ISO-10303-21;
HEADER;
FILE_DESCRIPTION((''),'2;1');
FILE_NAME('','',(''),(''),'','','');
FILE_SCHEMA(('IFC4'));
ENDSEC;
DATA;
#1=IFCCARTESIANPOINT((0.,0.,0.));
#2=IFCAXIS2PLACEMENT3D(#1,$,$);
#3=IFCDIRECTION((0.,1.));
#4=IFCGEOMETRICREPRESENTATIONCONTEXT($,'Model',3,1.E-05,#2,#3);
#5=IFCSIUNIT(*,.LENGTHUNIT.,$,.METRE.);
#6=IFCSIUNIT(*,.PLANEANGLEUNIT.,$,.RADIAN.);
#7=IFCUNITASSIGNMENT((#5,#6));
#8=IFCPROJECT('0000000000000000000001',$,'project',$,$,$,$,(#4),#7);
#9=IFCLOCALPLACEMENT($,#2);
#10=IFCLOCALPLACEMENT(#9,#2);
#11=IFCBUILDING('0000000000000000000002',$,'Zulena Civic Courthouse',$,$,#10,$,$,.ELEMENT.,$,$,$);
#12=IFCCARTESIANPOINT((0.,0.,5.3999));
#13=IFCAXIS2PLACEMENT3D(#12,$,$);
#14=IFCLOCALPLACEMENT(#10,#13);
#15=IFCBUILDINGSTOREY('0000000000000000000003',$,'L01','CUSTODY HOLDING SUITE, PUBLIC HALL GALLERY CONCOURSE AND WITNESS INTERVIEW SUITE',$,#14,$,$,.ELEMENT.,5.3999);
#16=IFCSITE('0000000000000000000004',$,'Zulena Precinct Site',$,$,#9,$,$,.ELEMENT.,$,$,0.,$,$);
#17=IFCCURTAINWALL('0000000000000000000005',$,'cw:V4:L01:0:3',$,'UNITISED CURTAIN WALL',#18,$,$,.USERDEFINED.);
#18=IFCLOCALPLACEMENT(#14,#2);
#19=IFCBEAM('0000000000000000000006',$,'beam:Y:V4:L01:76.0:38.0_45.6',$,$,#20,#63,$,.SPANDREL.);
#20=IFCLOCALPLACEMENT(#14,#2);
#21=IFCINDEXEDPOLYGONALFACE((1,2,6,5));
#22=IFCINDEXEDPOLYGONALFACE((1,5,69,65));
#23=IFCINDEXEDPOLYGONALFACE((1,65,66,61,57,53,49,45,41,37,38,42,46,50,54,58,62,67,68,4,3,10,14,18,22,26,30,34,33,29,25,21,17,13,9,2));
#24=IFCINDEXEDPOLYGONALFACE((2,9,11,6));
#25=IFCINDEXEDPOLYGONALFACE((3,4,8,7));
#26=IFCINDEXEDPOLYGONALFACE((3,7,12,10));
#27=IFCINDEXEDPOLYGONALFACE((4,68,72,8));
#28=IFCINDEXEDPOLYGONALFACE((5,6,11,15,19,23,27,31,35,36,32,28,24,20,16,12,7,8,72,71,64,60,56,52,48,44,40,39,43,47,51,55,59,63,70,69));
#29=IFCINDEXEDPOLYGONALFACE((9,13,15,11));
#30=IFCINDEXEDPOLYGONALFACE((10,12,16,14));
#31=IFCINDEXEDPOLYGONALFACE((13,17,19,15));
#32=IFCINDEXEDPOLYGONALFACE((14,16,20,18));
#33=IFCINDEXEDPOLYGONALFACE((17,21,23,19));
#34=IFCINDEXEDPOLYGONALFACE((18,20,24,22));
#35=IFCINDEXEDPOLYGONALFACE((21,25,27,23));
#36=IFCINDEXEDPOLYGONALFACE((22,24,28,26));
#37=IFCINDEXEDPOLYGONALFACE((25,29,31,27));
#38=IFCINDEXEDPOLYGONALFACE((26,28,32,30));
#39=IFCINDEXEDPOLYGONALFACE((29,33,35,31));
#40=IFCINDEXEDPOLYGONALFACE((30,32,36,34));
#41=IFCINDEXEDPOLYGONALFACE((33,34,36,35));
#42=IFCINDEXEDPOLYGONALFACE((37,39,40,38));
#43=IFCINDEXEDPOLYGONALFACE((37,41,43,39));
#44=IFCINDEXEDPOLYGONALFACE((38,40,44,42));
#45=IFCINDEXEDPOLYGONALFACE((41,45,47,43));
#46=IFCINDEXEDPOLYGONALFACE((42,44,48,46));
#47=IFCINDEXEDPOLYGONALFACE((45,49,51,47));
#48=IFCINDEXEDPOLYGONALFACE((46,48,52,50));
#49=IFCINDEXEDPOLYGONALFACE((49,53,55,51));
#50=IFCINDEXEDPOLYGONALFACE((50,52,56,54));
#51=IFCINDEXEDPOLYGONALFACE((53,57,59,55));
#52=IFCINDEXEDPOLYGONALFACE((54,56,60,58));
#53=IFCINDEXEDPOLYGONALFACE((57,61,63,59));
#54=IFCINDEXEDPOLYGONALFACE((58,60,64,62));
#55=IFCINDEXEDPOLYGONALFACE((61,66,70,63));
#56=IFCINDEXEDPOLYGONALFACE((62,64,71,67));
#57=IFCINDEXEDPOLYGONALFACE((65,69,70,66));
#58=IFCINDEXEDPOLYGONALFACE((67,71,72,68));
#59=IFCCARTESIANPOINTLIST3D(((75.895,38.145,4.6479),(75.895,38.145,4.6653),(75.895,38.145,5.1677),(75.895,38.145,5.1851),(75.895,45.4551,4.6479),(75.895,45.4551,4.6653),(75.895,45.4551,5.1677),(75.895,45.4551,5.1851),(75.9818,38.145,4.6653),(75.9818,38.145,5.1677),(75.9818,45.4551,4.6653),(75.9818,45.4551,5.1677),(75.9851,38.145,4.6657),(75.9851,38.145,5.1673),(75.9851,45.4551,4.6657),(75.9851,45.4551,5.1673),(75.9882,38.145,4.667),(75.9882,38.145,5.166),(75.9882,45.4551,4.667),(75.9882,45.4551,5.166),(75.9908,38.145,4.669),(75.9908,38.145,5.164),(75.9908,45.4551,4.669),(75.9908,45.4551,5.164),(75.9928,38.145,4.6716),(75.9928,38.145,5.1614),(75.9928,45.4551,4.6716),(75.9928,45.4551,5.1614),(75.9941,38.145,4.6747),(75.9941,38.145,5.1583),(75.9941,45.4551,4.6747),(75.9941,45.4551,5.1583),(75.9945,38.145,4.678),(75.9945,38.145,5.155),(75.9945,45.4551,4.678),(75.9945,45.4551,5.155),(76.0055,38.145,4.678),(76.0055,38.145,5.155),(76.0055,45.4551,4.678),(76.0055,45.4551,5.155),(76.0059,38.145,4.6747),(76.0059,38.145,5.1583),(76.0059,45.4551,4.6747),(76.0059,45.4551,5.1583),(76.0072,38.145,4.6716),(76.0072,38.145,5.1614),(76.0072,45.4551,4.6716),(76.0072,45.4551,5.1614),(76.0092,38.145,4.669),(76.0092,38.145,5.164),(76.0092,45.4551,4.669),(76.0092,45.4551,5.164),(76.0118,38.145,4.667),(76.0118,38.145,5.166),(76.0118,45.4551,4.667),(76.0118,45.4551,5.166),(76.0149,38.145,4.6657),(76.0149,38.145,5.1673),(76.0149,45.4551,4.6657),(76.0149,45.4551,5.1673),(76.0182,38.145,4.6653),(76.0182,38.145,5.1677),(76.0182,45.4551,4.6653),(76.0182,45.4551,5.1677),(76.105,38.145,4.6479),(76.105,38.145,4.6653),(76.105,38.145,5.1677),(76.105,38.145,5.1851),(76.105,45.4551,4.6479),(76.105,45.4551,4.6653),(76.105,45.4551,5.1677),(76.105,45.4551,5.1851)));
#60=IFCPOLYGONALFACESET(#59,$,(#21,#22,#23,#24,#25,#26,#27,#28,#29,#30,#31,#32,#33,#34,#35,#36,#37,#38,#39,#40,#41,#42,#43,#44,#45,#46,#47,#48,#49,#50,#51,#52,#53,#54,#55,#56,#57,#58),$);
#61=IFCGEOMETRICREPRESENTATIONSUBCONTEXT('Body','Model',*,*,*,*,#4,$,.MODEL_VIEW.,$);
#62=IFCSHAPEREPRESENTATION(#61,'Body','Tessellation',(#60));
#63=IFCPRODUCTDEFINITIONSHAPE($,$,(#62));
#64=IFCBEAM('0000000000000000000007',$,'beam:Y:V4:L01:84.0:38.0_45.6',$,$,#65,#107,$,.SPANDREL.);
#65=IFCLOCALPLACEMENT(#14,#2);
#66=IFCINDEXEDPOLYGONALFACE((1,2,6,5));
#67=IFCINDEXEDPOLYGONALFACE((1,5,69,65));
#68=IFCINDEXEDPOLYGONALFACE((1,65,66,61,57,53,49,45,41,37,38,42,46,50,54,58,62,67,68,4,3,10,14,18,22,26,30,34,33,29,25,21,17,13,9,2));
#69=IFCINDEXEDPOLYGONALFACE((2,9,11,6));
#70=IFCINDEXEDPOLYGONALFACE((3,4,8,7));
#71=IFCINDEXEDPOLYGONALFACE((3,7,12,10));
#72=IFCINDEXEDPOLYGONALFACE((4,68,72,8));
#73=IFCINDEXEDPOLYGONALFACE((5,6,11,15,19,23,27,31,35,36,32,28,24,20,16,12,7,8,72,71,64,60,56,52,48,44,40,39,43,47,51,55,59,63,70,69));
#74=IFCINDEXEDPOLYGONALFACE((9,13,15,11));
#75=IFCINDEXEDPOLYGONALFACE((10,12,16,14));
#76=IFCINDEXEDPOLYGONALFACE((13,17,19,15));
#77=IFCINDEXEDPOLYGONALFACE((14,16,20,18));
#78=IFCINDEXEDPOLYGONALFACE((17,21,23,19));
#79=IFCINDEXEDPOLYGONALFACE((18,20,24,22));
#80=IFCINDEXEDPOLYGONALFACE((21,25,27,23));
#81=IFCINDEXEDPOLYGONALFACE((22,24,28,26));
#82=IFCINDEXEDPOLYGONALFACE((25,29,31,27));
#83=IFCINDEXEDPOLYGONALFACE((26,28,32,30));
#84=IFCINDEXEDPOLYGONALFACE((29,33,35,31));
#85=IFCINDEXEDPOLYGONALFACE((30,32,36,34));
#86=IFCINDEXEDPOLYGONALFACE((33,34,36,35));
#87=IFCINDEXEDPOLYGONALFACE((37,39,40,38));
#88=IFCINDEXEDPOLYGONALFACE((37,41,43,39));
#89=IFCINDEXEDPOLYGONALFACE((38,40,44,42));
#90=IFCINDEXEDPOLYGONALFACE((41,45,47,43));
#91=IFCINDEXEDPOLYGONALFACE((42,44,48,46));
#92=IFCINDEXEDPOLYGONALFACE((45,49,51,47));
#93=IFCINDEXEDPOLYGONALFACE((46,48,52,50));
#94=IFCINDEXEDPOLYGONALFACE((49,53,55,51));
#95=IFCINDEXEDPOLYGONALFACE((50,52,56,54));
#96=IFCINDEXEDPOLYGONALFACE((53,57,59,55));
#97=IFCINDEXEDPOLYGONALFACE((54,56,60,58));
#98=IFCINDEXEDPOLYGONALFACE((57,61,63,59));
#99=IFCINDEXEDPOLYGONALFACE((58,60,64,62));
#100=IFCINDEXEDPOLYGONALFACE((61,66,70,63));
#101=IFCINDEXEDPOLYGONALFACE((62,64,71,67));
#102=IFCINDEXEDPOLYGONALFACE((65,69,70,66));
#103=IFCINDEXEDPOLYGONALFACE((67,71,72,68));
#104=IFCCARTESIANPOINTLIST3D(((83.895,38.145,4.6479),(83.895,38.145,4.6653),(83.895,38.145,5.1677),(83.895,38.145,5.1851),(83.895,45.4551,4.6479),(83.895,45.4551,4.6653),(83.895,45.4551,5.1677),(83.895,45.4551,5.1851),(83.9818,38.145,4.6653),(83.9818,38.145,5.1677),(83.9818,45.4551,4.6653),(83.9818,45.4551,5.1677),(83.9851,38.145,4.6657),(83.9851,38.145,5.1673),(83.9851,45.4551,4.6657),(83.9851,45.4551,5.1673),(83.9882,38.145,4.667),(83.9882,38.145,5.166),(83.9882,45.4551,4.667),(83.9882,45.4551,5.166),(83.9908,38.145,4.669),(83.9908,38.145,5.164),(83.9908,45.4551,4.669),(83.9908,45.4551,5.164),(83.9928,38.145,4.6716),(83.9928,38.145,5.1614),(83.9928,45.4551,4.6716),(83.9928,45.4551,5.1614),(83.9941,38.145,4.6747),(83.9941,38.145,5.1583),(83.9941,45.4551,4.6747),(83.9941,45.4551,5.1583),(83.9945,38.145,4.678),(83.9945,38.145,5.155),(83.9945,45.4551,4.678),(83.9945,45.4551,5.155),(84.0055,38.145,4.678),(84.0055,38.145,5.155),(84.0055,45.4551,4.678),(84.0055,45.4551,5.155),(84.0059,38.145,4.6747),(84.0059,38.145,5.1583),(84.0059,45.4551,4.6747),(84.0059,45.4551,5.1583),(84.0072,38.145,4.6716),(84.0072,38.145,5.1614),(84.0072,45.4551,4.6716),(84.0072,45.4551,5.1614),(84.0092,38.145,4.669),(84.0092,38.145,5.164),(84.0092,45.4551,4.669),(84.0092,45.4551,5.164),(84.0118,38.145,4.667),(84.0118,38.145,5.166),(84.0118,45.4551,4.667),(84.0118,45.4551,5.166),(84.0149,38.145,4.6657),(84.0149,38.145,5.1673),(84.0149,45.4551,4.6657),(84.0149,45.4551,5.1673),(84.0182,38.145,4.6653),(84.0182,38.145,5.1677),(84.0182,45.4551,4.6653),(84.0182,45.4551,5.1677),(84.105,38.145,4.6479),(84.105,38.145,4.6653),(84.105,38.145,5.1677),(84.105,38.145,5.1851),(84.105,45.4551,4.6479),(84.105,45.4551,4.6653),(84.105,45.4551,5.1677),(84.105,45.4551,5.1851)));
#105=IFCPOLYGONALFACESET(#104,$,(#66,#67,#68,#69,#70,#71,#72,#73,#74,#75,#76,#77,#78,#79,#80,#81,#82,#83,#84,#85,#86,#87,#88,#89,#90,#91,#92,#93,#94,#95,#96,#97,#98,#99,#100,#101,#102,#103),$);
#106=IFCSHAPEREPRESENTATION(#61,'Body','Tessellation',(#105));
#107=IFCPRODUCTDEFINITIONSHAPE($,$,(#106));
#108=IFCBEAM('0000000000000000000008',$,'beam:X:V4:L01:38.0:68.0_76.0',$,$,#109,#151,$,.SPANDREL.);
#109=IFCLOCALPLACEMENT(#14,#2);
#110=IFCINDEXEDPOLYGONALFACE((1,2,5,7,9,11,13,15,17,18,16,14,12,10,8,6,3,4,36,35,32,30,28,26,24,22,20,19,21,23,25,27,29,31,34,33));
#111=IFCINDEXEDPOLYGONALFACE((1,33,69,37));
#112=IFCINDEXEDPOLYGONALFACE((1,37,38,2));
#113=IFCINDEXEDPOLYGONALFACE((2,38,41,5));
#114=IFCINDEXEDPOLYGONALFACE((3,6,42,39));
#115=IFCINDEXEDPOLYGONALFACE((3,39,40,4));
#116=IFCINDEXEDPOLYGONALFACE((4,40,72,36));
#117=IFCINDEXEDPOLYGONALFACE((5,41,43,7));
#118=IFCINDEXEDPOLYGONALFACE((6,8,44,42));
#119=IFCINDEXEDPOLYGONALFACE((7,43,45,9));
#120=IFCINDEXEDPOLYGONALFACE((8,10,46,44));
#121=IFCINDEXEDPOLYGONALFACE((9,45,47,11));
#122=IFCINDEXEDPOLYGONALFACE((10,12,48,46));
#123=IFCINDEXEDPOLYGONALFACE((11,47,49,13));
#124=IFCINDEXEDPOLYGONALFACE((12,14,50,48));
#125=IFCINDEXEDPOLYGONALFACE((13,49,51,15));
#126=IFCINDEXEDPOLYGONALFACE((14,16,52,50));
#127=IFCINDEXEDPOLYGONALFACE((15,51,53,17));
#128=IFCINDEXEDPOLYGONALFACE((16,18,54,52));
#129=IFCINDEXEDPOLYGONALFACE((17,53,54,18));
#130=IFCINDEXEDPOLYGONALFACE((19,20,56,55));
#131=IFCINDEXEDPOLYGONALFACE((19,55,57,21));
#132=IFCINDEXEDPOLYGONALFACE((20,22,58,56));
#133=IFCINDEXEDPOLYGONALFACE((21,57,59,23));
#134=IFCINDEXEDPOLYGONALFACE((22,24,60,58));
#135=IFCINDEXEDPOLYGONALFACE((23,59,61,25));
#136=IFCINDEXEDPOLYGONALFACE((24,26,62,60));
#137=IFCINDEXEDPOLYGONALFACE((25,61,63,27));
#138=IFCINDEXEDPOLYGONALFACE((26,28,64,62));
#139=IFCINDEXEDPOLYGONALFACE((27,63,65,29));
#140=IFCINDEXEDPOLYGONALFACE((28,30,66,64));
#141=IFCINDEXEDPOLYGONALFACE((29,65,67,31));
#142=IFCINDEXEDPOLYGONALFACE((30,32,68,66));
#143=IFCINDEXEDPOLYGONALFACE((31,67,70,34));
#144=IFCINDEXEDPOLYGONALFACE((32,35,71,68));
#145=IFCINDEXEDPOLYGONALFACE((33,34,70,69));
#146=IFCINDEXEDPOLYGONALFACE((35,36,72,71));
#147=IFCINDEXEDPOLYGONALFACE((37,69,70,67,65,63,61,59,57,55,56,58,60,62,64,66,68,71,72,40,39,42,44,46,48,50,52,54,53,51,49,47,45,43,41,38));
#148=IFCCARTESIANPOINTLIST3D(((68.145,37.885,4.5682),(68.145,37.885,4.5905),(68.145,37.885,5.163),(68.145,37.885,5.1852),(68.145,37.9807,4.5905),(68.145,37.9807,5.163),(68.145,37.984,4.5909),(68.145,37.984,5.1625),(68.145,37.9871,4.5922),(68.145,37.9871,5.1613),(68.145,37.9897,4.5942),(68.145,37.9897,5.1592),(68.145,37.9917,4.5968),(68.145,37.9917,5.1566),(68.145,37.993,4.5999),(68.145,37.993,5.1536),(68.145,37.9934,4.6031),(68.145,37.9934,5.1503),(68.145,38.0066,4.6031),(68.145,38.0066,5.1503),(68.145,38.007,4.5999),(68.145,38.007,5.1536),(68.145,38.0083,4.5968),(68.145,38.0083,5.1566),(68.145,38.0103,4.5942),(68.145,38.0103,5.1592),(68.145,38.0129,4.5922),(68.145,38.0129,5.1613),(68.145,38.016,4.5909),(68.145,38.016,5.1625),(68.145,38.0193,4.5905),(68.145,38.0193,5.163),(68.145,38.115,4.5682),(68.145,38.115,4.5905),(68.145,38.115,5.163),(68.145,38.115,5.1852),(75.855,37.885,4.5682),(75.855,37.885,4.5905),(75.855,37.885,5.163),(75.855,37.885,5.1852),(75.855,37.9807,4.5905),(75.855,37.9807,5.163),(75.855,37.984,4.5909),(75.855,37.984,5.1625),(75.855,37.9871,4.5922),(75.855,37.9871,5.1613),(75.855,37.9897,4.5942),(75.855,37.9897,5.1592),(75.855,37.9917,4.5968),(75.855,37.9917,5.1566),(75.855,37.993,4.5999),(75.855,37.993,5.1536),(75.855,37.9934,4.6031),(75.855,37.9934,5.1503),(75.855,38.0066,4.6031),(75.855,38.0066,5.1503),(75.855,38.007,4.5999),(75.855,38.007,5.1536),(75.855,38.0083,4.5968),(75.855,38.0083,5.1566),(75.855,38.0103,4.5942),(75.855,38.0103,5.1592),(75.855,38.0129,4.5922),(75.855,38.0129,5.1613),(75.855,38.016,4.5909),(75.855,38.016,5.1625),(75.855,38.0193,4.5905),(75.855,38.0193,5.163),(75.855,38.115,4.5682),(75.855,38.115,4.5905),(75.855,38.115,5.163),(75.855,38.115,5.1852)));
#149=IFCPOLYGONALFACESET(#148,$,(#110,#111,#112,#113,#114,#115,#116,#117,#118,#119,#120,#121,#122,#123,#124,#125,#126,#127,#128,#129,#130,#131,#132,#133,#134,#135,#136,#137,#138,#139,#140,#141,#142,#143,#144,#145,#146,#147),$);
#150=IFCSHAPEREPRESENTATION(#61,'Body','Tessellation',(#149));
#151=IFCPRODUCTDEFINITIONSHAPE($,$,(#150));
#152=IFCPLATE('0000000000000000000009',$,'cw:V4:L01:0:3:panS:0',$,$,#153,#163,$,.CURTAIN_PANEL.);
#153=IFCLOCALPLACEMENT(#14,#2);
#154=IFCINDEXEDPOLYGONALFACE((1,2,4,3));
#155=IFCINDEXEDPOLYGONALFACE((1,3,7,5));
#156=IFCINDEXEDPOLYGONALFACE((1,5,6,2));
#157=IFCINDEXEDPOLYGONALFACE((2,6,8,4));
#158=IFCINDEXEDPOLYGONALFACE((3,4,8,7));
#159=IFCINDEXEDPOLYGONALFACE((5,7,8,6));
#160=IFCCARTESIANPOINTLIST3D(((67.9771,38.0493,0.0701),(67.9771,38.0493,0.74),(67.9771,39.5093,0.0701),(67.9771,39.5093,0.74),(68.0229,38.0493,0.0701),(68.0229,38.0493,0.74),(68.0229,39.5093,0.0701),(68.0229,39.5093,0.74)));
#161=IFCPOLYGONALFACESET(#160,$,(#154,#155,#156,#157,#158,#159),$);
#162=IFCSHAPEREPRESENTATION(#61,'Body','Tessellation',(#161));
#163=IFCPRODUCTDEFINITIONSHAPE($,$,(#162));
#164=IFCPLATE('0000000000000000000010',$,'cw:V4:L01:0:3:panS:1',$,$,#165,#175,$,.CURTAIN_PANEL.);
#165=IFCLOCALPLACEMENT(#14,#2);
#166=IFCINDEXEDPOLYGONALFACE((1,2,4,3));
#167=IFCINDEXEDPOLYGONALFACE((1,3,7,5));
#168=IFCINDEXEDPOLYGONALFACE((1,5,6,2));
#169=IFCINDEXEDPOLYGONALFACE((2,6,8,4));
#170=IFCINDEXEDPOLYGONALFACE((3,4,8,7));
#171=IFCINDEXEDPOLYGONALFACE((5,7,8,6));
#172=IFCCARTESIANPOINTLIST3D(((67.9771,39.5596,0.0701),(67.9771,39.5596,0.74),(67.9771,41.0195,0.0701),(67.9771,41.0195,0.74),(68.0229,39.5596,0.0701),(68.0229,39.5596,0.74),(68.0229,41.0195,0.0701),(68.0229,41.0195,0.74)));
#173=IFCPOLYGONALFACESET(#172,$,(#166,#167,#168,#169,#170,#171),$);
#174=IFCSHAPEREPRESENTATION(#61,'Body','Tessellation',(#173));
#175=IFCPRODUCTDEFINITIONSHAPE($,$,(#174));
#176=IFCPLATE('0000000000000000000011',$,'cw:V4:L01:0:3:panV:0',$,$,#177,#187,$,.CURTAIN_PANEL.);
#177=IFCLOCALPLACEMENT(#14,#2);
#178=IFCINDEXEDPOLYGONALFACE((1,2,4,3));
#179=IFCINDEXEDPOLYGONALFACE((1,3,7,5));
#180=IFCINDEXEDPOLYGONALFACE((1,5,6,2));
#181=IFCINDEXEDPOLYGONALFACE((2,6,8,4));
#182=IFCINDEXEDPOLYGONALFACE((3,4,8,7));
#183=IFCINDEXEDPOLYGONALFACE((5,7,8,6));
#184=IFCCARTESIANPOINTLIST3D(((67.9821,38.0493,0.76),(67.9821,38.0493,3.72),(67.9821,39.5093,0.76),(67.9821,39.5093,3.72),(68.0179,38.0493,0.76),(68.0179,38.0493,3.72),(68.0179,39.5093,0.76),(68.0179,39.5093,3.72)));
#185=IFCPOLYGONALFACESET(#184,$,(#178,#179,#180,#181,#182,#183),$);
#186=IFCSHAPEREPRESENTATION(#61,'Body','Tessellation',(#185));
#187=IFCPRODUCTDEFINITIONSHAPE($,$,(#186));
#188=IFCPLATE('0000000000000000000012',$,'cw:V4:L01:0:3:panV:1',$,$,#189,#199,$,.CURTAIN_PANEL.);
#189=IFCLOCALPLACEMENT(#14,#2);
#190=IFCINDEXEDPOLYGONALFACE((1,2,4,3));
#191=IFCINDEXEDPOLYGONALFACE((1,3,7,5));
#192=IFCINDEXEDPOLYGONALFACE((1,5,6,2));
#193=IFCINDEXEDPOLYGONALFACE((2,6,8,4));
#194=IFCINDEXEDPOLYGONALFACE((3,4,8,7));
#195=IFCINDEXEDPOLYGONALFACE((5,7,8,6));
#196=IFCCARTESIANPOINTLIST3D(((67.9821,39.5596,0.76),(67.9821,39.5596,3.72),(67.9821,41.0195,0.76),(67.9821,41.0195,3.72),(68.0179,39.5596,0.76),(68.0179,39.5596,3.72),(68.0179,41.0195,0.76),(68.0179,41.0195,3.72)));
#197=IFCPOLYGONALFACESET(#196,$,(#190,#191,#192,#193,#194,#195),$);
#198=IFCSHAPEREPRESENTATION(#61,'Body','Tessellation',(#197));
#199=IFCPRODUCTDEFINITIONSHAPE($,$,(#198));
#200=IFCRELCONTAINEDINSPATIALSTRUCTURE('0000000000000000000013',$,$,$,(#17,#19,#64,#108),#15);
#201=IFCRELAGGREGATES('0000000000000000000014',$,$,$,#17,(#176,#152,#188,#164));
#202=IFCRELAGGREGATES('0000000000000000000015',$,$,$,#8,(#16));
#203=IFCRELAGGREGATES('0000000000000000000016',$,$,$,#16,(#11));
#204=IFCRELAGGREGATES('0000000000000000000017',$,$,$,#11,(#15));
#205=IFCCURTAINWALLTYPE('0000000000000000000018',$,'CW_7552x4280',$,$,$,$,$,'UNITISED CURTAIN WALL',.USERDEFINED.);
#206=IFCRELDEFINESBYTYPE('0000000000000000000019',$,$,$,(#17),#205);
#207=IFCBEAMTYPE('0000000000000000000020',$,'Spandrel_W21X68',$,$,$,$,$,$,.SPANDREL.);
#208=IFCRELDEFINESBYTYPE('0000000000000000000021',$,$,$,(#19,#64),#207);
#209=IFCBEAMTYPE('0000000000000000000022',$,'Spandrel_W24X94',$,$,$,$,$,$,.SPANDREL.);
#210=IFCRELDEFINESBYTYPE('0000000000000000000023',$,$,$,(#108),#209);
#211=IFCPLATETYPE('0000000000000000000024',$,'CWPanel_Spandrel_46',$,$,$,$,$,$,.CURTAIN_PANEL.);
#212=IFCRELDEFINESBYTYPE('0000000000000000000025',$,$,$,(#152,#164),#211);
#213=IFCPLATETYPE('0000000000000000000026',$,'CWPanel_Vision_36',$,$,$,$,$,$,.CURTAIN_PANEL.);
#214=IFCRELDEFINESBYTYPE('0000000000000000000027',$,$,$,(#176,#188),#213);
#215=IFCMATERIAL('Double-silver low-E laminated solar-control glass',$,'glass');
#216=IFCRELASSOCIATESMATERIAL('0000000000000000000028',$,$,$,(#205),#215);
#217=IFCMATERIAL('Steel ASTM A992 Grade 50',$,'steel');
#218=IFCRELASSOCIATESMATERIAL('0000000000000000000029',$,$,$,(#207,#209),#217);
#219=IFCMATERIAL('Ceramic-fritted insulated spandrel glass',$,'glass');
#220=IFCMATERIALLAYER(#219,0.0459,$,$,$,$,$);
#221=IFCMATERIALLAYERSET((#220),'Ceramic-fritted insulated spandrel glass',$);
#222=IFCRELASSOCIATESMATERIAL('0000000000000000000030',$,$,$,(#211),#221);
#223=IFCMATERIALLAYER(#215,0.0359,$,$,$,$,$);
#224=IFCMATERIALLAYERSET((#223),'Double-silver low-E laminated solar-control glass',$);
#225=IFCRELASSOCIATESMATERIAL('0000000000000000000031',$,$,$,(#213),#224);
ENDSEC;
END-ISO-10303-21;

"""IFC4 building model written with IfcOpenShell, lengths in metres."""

from ifc_helpers import new_model, si_unit, direction, frame, origin, origin_2d, place, context, subcontext, project, spatial, rectangle, i_section, extrude, material, layer, layer_set, material_profile, profile_set, type_object, element, aggregate, save


model = new_model("IFC4")

# Units and contexts
model_context = context("Model", 3, precision=1e-05, world=origin(), true_north=direction((0.0, 1.0)))
body_context = subcontext(model_context, "Body", "Model", "MODEL_VIEW")
ifc_project = project(units=[si_unit("LENGTHUNIT", "METRE"), si_unit("PLANEANGLEUNIT", "RADIAN")], contexts=[model_context])

# Site, building, storey
site_placement = place(None, origin())
site = spatial("IfcSite", under=ifc_project, at=site_placement, Name="Zulena Precinct Site", CompositionType="ELEMENT", RefElevation=0.0)
building_placement = place(site_placement, origin())
building = spatial("IfcBuilding", under=site, at=building_placement, Name="Zulena Civic Courthouse", CompositionType="ELEMENT")
storey_placement = place(building_placement, frame((0.0, 0.0, 5.3999)))
storey = spatial("IfcBuildingStorey", under=building, at=storey_placement, Name="L01", Description="CUSTODY HOLDING SUITE, PUBLIC HALL GALLERY CONCOURSE AND WITNESS INTERVIEW SUITE", CompositionType="ELEMENT", Elevation=5.3999)

# Shared definitions
ifc_material_1 = material(Name="Steel ASTM A992 Grade 50", Category="steel")

# Curtain wall
ifc_material_2 = material(Name="Double-silver low-E laminated solar-control glass", Category="glass")
curtain_wall_type = type_object("IfcCurtainWallType", Name="CW_7552x4280", ElementType="UNITISED CURTAIN WALL", PredefinedType="USERDEFINED", material=ifc_material_2)
curtain_wall_placement = place(storey_placement, origin())
curtain_wall = element("IfcCurtainWall", 1, at=curtain_wall_placement, inside=storey, type_object=curtain_wall_type, Name="cw:V4:L01:0:3", ObjectType="UNITISED CURTAIN WALL", PredefinedType="USERDEFINED")

# Beams
ifc_material_profile_1 = material_profile(ifc_material_1, i_section(OverallWidth=0.21, OverallDepth=0.5371, WebThickness=0.011, FlangeThickness=0.0173, FilletRadius=0.0127, at=origin_2d()), Name="W21X68")
ifc_profile_set_1 = profile_set([ifc_material_profile_1], Name="Steel ASTM A992 Grade 50")
beam_type_1 = type_object("IfcBeamType", Name="Spandrel_W21X68", PredefinedType="SPANDREL", material=ifc_profile_set_1)
for number, where, z_axis, x_axis, name in (
    (2, (76.0, 38.145, 4.9165), (0.0, 1.0, 0.0), (-1.0, 0.0, 0.0), "beam:Y:V4:L01:76.0:38.0_45.6"),
    (3, (84.0, 38.145, 4.9165), (0.0, 1.0, 0.0), (-1.0, 0.0, 0.0), "beam:Y:V4:L01:84.0:38.0_45.6"),
):
    element("IfcBeam", number, at=place(storey_placement, frame(where, z_axis=z_axis, x_axis=x_axis)), inside=storey, type_object=beam_type_1, Name=name, PredefinedType="SPANDREL", context=body_context, shape_type="SweptSolid", body=[
        extrude(i_section(OverallWidth=0.21, OverallDepth=0.5371, WebThickness=0.011, FlangeThickness=0.0173, FilletRadius=0.0127, at=origin_2d()), origin(), (0.0, 0.0, 1.0), 7.3101),
    ])
ifc_material_profile_2 = material_profile(ifc_material_1, i_section(OverallWidth=0.23, OverallDepth=0.6169, WebThickness=0.0132, FlangeThickness=0.0222, FilletRadius=0.0127, at=origin_2d()), Name="W24X94")
ifc_profile_set_2 = profile_set([ifc_material_profile_2], Name="Steel ASTM A992 Grade 50")
beam_type_2 = type_object("IfcBeamType", Name="Spandrel_W24X94", PredefinedType="SPANDREL", material=ifc_profile_set_2)
beam_1_placement = place(storey_placement, frame((68.145, 38.0, 4.8767), z_axis=(1.0, 0.0, 0.0), x_axis=(0.0, 1.0, 0.0)))
element("IfcBeam", 4, at=beam_1_placement, inside=storey, type_object=beam_type_2, Name="beam:X:V4:L01:38.0:68.0_76.0", PredefinedType="SPANDREL", context=body_context, shape_type="SweptSolid", body=[
    extrude(i_section(OverallWidth=0.23, OverallDepth=0.6169, WebThickness=0.0132, FlangeThickness=0.0222, FilletRadius=0.0127, at=origin_2d()), origin(), (0.0, 0.0, 1.0), 7.71),
])

# Plates
ifc_material_3 = material(Name="Ceramic-fritted insulated spandrel glass", Category="glass")
ifc_layer_1 = layer(ifc_material_3, 0.0459)
ifc_layer_set_1 = layer_set([ifc_layer_1], Name="Ceramic-fritted insulated spandrel glass")
plate_type_1 = type_object("IfcPlateType", Name="CWPanel_Spandrel_46", PredefinedType="CURTAIN_PANEL", material=ifc_layer_set_1)
plate_1_placement = place(storey_placement, frame((68.0, 38.7793, 0.0701), z_axis=(0.0, 0.0, 1.0), x_axis=(0.0, 1.0, 0.0)))
plate_1 = element("IfcPlate", 5, at=plate_1_placement, type_object=plate_type_1, Name="cw:V4:L01:0:3:panS:0", PredefinedType="CURTAIN_PANEL", context=body_context, shape_type="SweptSolid", body=[
    extrude(rectangle(XDim=1.46, YDim=0.0459, at=origin_2d()), origin(), (0.0, 0.0, 1.0), 0.6699),
])
plate_2_placement = place(storey_placement, frame((68.0, 40.2896, 0.0701), z_axis=(0.0, 0.0, 1.0), x_axis=(0.0, 1.0, 0.0)))
plate_2 = element("IfcPlate", 6, at=plate_2_placement, type_object=plate_type_1, Name="cw:V4:L01:0:3:panS:1", PredefinedType="CURTAIN_PANEL", context=body_context, shape_type="SweptSolid", body=[
    extrude(rectangle(XDim=1.46, YDim=0.0459, at=origin_2d()), origin(), (0.0, 0.0, 1.0), 0.6699),
])
ifc_layer_2 = layer(ifc_material_2, 0.0359)
ifc_layer_set_2 = layer_set([ifc_layer_2], Name="Double-silver low-E laminated solar-control glass")
plate_type_2 = type_object("IfcPlateType", Name="CWPanel_Vision_36", PredefinedType="CURTAIN_PANEL", material=ifc_layer_set_2)
plate_3_placement = place(storey_placement, frame((68.0, 38.7793, 0.76), z_axis=(0.0, 0.0, 1.0), x_axis=(0.0, 1.0, 0.0)))
plate_3 = element("IfcPlate", 7, at=plate_3_placement, type_object=plate_type_2, Name="cw:V4:L01:0:3:panV:0", PredefinedType="CURTAIN_PANEL", context=body_context, shape_type="SweptSolid", body=[
    extrude(rectangle(XDim=1.46, YDim=0.0359, at=origin_2d()), origin(), (0.0, 0.0, 1.0), 2.96),
])
plate_4_placement = place(storey_placement, frame((68.0, 40.2896, 0.76), z_axis=(0.0, 0.0, 1.0), x_axis=(0.0, 1.0, 0.0)))
plate_4 = element("IfcPlate", 8, at=plate_4_placement, type_object=plate_type_2, Name="cw:V4:L01:0:3:panV:1", PredefinedType="CURTAIN_PANEL", context=body_context, shape_type="SweptSolid", body=[
    extrude(rectangle(XDim=1.46, YDim=0.0359, at=origin_2d()), origin(), (0.0, 0.0, 1.0), 2.96),
])
aggregate(curtain_wall, [plate_3, plate_1, plate_4, plate_2])

save(model, "model.ifc")
